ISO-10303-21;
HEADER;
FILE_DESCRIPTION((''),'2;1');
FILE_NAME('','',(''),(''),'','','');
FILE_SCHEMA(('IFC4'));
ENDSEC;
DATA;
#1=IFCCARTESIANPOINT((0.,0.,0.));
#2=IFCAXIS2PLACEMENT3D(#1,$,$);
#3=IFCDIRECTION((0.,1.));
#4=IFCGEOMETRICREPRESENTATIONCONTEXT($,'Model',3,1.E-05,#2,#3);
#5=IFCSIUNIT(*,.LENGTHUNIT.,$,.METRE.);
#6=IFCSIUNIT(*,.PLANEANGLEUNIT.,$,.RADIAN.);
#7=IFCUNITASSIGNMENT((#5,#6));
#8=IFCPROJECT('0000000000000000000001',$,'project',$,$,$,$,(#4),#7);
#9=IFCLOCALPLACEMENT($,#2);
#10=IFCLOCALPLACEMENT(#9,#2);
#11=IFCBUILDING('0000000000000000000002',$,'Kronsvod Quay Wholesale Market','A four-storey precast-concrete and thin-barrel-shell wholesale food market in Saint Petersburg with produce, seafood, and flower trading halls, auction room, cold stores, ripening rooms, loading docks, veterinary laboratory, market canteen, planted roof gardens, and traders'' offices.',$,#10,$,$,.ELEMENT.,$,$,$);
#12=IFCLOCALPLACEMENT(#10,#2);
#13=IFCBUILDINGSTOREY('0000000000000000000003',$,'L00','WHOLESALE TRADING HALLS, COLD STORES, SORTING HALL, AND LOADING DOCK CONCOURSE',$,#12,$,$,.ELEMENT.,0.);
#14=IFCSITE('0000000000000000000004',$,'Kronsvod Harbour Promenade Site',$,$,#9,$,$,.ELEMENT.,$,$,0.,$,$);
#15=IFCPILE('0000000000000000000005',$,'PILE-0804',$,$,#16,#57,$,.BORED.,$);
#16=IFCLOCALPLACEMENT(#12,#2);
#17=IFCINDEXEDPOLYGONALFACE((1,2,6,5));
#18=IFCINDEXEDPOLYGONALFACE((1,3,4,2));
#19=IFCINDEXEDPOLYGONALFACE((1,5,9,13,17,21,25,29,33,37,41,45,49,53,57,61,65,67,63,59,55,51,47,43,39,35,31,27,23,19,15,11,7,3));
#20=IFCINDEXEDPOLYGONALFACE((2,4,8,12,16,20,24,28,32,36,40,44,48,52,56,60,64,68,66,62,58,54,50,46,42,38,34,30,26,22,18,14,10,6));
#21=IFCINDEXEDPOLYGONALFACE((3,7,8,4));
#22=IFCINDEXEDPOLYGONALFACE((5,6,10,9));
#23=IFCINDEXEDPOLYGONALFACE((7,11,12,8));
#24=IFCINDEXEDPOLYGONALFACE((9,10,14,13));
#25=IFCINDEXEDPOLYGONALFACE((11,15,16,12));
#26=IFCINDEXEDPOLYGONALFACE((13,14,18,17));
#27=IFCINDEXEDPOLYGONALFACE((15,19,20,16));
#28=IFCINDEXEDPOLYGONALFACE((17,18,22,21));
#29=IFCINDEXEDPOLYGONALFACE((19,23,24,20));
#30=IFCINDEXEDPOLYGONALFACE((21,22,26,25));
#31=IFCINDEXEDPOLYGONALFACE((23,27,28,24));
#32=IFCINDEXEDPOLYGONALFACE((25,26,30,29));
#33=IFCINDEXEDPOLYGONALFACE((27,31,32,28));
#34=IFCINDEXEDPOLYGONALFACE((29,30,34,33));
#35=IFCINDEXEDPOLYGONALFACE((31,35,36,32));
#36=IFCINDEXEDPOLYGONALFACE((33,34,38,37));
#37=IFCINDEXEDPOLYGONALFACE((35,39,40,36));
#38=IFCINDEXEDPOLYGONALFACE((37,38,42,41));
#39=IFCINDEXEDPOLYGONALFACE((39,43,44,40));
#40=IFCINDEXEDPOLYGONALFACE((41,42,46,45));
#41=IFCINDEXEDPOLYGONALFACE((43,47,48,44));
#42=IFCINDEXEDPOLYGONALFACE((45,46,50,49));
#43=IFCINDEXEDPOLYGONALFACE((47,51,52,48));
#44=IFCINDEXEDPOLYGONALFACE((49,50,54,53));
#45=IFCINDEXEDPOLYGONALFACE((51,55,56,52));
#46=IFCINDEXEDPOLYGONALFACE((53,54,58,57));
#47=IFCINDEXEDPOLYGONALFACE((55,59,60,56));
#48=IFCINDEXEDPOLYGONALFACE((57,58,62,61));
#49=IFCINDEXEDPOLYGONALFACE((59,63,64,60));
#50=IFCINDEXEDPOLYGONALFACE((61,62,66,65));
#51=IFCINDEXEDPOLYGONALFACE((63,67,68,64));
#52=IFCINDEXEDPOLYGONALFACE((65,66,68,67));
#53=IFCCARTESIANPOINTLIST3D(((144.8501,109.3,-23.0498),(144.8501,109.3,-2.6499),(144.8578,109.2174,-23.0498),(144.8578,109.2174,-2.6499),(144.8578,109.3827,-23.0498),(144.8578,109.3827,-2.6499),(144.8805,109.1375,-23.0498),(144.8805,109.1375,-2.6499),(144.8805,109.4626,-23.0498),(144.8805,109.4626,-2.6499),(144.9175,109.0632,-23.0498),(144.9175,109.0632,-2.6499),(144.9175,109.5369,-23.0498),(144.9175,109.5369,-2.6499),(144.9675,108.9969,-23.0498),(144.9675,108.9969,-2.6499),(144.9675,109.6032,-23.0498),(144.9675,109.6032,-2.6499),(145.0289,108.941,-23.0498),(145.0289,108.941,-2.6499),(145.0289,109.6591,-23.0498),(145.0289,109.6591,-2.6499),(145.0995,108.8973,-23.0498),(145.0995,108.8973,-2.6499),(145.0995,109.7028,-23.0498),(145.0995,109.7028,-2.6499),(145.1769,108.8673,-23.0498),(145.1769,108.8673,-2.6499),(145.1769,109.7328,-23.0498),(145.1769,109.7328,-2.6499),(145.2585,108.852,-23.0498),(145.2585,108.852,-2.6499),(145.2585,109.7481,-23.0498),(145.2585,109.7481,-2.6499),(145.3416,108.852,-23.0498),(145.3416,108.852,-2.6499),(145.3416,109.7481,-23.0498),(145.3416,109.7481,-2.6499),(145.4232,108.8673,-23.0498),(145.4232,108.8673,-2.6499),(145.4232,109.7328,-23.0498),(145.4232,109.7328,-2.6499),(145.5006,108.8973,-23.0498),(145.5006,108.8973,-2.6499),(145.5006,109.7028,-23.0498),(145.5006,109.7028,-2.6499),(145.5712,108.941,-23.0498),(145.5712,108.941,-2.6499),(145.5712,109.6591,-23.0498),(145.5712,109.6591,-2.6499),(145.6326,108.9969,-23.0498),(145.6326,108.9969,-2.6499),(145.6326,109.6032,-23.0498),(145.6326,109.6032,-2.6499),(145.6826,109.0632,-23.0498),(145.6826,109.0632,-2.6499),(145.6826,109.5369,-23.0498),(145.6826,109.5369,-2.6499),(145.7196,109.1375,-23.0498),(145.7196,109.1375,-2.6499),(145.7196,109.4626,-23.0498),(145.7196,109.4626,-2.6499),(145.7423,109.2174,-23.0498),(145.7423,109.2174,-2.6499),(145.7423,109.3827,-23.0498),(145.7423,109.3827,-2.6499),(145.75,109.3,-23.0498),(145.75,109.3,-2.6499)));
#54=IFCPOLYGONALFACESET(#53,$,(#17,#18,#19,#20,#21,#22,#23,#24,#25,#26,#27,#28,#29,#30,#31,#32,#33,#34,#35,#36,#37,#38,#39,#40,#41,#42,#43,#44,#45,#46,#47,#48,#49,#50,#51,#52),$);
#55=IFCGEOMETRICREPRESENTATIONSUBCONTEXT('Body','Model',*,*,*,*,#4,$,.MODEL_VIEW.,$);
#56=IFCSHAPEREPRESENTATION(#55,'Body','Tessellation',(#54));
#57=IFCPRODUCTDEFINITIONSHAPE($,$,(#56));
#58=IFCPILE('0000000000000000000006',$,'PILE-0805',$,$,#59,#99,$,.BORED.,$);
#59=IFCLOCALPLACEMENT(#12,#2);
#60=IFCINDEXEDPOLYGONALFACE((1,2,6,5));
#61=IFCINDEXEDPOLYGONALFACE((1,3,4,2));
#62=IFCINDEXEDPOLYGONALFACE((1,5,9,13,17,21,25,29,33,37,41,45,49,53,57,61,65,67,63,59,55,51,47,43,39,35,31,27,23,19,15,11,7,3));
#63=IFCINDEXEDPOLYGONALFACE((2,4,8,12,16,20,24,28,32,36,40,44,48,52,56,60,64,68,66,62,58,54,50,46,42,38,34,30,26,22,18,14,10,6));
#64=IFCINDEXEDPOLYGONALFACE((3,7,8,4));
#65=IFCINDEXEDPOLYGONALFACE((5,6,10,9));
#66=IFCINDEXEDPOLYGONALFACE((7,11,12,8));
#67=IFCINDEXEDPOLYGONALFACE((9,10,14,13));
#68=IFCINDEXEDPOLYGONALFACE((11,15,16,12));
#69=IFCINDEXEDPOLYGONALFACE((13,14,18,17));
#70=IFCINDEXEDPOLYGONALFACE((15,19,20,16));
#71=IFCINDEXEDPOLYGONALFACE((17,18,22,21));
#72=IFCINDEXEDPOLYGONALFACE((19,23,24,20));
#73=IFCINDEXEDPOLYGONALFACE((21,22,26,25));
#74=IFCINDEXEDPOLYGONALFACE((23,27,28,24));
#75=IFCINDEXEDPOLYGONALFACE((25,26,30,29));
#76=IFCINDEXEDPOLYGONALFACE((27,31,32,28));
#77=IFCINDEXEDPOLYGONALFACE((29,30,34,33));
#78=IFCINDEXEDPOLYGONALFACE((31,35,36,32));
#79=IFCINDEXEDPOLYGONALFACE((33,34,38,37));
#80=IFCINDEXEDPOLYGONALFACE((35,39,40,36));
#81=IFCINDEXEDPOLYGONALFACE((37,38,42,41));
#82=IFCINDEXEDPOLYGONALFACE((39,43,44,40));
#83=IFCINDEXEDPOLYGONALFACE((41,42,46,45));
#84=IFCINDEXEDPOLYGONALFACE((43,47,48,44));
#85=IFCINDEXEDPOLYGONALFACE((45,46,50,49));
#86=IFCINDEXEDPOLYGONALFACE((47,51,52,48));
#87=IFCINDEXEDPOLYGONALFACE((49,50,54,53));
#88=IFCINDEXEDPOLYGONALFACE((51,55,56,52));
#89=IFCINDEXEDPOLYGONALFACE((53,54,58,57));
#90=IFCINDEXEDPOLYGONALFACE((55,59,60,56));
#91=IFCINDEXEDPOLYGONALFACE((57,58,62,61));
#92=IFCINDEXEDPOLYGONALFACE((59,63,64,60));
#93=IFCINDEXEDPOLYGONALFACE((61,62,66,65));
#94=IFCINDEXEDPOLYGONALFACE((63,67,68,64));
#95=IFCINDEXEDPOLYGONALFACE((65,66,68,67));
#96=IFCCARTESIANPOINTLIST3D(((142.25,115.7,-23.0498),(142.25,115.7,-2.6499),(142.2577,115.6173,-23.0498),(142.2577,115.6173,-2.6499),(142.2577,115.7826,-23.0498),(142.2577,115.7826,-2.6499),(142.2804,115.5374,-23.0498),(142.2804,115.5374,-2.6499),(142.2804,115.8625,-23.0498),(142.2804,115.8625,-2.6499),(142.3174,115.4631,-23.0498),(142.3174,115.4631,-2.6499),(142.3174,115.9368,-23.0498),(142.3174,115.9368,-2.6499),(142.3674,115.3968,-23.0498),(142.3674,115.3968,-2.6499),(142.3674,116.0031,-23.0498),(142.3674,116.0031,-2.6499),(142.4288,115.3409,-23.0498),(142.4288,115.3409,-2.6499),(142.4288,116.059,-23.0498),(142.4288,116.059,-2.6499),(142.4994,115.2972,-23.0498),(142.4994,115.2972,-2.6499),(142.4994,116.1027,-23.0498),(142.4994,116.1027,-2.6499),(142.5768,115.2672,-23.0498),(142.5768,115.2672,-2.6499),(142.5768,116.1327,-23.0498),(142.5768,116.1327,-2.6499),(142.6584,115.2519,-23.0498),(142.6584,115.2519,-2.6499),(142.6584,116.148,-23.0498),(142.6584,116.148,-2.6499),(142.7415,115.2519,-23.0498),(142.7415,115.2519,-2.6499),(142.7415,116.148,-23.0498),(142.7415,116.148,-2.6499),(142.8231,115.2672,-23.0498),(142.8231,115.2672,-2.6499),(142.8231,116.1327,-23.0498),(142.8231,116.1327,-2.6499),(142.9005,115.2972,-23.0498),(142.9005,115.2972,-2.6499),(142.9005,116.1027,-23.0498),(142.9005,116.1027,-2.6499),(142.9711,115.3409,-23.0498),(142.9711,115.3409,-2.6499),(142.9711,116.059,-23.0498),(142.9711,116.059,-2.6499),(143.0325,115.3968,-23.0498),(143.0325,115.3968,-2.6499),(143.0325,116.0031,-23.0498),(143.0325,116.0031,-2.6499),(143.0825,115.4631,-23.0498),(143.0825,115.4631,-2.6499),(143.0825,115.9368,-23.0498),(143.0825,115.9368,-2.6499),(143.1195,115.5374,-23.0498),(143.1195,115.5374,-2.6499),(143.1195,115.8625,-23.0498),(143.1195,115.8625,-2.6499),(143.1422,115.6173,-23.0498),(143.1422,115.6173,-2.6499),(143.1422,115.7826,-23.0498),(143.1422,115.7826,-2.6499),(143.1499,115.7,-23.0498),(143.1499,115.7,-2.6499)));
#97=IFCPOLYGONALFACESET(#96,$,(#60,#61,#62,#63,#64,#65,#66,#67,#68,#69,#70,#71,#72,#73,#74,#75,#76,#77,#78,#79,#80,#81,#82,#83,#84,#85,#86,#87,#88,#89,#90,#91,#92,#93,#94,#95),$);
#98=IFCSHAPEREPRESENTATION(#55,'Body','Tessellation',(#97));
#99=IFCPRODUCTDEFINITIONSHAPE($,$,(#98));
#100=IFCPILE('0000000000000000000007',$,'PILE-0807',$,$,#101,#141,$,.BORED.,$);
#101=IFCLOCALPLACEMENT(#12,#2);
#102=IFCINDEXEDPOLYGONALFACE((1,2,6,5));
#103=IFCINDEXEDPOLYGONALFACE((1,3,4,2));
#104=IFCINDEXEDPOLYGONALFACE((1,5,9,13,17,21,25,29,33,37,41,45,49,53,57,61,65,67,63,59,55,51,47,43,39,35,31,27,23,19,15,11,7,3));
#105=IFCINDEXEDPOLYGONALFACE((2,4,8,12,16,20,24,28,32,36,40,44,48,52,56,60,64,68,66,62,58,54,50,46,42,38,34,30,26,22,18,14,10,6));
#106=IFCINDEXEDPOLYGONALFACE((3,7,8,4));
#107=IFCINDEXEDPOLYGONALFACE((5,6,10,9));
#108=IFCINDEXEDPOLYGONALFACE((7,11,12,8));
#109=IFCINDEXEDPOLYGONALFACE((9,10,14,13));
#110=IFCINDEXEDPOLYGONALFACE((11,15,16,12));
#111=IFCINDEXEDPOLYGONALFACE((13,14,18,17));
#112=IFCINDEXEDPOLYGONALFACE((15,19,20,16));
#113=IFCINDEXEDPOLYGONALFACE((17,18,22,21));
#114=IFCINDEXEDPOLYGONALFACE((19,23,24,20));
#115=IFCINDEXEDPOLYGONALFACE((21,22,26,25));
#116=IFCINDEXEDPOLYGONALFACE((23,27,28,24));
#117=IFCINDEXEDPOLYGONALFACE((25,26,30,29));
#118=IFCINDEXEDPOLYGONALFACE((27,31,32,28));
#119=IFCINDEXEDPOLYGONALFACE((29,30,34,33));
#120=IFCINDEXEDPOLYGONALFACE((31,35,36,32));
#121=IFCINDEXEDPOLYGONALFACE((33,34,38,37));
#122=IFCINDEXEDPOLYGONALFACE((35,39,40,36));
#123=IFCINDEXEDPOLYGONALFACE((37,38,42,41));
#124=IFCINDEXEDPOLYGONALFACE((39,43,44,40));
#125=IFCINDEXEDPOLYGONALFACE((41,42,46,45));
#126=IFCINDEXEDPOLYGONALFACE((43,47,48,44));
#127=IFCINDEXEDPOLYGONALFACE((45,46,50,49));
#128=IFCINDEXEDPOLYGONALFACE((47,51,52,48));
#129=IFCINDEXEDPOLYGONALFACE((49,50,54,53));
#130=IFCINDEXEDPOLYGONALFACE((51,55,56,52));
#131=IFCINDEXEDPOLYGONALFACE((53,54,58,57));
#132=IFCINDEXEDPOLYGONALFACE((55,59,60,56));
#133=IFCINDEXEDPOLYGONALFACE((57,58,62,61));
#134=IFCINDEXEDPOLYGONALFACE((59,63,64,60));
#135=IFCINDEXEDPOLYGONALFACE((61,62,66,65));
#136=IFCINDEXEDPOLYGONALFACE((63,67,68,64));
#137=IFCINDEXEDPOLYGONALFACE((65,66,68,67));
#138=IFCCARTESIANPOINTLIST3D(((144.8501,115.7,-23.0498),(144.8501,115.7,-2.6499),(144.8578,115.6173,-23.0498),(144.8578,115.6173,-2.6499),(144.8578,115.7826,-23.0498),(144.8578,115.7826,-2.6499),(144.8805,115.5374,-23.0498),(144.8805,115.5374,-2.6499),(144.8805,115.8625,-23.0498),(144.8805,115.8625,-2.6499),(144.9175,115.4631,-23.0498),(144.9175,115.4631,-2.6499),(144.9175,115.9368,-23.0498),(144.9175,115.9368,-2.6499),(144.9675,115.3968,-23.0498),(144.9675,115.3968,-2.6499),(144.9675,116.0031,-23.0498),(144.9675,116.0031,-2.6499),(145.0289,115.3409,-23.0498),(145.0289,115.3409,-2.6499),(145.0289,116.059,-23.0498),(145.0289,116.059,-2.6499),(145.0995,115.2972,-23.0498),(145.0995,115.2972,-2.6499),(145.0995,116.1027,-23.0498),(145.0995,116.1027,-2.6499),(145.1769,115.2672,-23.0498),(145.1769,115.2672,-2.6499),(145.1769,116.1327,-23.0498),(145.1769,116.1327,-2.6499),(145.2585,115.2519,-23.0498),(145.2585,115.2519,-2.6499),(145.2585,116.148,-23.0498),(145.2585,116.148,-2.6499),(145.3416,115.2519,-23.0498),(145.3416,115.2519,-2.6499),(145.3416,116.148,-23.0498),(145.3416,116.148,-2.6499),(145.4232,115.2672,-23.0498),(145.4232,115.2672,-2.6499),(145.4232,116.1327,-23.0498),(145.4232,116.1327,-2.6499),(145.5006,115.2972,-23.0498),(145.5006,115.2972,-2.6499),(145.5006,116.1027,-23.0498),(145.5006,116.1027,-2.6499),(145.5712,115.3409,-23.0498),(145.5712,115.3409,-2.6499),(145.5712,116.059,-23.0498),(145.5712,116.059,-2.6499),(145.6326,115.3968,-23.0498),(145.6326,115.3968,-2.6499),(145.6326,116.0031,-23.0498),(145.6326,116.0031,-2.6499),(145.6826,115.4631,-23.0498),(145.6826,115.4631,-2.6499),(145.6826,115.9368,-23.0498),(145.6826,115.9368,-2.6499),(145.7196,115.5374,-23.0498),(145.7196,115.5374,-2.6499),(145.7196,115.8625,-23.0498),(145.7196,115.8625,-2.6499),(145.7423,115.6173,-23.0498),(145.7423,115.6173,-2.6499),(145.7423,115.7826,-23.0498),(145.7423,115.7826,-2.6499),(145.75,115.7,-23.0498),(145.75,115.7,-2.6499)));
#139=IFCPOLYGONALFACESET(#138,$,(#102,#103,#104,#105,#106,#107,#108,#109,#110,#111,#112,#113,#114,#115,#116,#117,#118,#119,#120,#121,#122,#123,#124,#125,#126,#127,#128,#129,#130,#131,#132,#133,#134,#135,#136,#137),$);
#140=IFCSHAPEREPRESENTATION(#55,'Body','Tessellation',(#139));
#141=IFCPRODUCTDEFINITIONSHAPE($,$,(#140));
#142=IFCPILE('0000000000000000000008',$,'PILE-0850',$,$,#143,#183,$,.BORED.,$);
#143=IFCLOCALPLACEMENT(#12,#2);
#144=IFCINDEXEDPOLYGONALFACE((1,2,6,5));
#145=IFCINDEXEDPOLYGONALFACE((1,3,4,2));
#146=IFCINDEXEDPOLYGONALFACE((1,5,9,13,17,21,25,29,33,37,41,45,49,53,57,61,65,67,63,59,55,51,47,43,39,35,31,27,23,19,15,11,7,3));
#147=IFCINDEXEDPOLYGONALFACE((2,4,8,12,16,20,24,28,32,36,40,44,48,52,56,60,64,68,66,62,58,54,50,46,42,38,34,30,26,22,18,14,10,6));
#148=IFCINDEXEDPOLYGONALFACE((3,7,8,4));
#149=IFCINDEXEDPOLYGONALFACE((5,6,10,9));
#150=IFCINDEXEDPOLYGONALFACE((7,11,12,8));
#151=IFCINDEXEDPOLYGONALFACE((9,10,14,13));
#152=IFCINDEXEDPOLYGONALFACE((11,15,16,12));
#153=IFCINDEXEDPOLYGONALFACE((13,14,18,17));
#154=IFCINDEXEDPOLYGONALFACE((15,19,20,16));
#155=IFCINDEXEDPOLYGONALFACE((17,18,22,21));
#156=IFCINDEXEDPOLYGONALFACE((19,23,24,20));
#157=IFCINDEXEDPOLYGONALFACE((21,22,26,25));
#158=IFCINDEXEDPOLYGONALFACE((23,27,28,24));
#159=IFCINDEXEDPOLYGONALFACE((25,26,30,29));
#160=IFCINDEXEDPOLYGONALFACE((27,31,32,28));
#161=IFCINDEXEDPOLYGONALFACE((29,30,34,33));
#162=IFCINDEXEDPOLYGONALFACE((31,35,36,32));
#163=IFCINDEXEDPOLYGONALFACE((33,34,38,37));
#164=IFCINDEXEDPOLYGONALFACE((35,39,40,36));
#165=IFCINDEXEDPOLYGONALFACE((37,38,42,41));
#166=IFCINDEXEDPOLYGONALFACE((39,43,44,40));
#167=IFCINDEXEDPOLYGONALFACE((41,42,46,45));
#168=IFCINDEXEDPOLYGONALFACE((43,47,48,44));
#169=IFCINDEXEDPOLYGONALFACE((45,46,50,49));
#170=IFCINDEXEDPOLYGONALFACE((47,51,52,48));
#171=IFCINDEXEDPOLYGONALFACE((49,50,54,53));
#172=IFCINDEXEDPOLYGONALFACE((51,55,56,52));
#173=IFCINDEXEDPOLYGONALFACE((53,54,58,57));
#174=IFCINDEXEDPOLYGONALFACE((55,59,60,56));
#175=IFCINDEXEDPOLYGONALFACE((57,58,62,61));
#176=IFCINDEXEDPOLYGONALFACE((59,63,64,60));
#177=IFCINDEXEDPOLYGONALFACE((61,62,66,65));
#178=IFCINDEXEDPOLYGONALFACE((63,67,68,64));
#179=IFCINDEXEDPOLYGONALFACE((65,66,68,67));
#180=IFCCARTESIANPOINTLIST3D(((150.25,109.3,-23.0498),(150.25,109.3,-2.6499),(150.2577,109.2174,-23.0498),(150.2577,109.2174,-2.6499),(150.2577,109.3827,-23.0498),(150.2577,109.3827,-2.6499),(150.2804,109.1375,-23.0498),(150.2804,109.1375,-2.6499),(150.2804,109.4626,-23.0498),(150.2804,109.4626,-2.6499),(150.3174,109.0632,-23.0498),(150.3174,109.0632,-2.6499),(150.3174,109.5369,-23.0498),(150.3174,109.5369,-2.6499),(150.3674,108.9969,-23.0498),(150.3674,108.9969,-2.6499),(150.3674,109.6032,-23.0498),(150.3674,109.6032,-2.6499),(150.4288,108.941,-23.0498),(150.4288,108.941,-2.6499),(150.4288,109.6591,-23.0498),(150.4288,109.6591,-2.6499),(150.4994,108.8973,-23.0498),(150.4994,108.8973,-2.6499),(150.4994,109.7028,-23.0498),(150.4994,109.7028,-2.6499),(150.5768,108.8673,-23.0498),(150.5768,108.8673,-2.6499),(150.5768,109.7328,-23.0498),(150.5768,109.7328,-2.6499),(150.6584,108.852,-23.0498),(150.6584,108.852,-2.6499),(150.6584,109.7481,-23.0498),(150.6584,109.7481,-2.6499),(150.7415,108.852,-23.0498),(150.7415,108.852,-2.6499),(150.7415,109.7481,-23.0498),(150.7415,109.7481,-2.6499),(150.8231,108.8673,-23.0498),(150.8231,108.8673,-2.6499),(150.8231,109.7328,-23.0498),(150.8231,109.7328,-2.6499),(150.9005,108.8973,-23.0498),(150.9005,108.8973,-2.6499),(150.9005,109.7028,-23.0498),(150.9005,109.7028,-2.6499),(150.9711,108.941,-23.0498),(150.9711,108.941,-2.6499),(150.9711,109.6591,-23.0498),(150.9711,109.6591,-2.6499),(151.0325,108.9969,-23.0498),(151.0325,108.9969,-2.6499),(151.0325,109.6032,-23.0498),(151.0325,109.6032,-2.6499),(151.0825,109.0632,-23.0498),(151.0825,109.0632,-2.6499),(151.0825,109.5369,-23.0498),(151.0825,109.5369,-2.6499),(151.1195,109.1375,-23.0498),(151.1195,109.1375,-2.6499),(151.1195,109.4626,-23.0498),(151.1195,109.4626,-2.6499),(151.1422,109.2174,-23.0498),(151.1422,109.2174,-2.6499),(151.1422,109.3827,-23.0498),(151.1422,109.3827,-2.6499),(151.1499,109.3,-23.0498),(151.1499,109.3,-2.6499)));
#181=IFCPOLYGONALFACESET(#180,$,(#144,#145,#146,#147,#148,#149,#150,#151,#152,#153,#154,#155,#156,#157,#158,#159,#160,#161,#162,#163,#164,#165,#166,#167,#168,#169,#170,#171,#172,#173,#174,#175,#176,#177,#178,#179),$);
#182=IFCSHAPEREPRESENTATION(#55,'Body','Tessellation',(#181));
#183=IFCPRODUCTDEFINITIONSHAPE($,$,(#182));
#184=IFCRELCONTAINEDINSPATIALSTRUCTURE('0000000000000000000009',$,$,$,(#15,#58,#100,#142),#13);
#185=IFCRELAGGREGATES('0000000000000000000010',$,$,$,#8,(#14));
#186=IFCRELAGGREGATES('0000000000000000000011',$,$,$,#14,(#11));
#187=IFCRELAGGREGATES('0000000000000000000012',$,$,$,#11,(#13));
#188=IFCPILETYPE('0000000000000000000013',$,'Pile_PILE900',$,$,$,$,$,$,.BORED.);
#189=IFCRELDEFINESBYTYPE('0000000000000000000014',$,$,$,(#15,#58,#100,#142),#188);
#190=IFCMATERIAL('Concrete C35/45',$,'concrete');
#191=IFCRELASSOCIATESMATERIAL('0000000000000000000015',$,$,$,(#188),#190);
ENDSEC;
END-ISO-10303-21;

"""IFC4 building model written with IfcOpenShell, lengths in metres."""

from ifc_helpers import new_model, si_unit, direction, frame, origin, origin_2d, place, context, subcontext, project, spatial, circle, extrude, material, material_profile, profile_set, type_object, element, save


model = new_model("IFC4")

# Units and contexts
model_context = context("Model", 3, precision=1e-05, world=origin(), true_north=direction((0.0, 1.0)))
body_context = subcontext(model_context, "Body", "Model", "MODEL_VIEW")
ifc_project = project(units=[si_unit("LENGTHUNIT", "METRE"), si_unit("PLANEANGLEUNIT", "RADIAN")], contexts=[model_context])

# Site, building, storey
site_placement = place(None, origin())
site = spatial("IfcSite", under=ifc_project, at=site_placement, Name="Kronsvod Harbour Promenade Site", CompositionType="ELEMENT", RefElevation=0.0)
building_placement = place(site_placement, origin())
building = spatial("IfcBuilding", under=site, at=building_placement, Name="Kronsvod Quay Wholesale Market", Description="A four-storey precast-concrete and thin-barrel-shell wholesale food market in Saint Petersburg with produce, seafood, and flower trading halls, auction room, cold stores, ripening rooms, loading docks, veterinary laboratory, market canteen, planted roof gardens, and traders' offices.", CompositionType="ELEMENT")
storey_placement = place(building_placement, origin())
storey = spatial("IfcBuildingStorey", under=building, at=storey_placement, Name="L00", Description="WHOLESALE TRADING HALLS, COLD STORES, SORTING HALL, AND LOADING DOCK CONCOURSE", CompositionType="ELEMENT", Elevation=0.0)

# Piles
ifc_material_1 = material(Name="Concrete C35/45", Category="concrete")
ifc_material_profile_1 = material_profile(ifc_material_1, circle(Radius=0.45, at=origin_2d()), Name="PILE900")
ifc_profile_set_1 = profile_set([ifc_material_profile_1], Name="Concrete C35/45")
pile_type = type_object("IfcPileType", Name="Pile_PILE900", PredefinedType="BORED", material=ifc_profile_set_1)
for number, where, z_axis, x_axis, name in (
    (1, (145.3, 109.3, -2.6499), (0.0, 0.0, -1.0), (1.0, 0.0, 0.0), "PILE-0804"),
    (2, (142.7, 115.7, -2.6499), (0.0, 0.0, -1.0), (1.0, 0.0, 0.0), "PILE-0805"),
    (3, (145.3, 115.7, -2.6499), (0.0, 0.0, -1.0), (1.0, 0.0, 0.0), "PILE-0807"),
    (4, (150.7, 109.3, -2.6499), (0.0, 0.0, -1.0), (1.0, 0.0, 0.0), "PILE-0850"),
):
    element("IfcPile", number, at=place(storey_placement, frame(where, z_axis=z_axis, x_axis=x_axis)), inside=storey, type_object=pile_type, Name=name, PredefinedType="BORED", context=body_context, shape_type="SweptSolid", body=[
        extrude(circle(Radius=0.45, at=origin_2d()), origin(), (0.0, 0.0, 1.0), 20.3999),
    ])

save(model, "model.ifc")
